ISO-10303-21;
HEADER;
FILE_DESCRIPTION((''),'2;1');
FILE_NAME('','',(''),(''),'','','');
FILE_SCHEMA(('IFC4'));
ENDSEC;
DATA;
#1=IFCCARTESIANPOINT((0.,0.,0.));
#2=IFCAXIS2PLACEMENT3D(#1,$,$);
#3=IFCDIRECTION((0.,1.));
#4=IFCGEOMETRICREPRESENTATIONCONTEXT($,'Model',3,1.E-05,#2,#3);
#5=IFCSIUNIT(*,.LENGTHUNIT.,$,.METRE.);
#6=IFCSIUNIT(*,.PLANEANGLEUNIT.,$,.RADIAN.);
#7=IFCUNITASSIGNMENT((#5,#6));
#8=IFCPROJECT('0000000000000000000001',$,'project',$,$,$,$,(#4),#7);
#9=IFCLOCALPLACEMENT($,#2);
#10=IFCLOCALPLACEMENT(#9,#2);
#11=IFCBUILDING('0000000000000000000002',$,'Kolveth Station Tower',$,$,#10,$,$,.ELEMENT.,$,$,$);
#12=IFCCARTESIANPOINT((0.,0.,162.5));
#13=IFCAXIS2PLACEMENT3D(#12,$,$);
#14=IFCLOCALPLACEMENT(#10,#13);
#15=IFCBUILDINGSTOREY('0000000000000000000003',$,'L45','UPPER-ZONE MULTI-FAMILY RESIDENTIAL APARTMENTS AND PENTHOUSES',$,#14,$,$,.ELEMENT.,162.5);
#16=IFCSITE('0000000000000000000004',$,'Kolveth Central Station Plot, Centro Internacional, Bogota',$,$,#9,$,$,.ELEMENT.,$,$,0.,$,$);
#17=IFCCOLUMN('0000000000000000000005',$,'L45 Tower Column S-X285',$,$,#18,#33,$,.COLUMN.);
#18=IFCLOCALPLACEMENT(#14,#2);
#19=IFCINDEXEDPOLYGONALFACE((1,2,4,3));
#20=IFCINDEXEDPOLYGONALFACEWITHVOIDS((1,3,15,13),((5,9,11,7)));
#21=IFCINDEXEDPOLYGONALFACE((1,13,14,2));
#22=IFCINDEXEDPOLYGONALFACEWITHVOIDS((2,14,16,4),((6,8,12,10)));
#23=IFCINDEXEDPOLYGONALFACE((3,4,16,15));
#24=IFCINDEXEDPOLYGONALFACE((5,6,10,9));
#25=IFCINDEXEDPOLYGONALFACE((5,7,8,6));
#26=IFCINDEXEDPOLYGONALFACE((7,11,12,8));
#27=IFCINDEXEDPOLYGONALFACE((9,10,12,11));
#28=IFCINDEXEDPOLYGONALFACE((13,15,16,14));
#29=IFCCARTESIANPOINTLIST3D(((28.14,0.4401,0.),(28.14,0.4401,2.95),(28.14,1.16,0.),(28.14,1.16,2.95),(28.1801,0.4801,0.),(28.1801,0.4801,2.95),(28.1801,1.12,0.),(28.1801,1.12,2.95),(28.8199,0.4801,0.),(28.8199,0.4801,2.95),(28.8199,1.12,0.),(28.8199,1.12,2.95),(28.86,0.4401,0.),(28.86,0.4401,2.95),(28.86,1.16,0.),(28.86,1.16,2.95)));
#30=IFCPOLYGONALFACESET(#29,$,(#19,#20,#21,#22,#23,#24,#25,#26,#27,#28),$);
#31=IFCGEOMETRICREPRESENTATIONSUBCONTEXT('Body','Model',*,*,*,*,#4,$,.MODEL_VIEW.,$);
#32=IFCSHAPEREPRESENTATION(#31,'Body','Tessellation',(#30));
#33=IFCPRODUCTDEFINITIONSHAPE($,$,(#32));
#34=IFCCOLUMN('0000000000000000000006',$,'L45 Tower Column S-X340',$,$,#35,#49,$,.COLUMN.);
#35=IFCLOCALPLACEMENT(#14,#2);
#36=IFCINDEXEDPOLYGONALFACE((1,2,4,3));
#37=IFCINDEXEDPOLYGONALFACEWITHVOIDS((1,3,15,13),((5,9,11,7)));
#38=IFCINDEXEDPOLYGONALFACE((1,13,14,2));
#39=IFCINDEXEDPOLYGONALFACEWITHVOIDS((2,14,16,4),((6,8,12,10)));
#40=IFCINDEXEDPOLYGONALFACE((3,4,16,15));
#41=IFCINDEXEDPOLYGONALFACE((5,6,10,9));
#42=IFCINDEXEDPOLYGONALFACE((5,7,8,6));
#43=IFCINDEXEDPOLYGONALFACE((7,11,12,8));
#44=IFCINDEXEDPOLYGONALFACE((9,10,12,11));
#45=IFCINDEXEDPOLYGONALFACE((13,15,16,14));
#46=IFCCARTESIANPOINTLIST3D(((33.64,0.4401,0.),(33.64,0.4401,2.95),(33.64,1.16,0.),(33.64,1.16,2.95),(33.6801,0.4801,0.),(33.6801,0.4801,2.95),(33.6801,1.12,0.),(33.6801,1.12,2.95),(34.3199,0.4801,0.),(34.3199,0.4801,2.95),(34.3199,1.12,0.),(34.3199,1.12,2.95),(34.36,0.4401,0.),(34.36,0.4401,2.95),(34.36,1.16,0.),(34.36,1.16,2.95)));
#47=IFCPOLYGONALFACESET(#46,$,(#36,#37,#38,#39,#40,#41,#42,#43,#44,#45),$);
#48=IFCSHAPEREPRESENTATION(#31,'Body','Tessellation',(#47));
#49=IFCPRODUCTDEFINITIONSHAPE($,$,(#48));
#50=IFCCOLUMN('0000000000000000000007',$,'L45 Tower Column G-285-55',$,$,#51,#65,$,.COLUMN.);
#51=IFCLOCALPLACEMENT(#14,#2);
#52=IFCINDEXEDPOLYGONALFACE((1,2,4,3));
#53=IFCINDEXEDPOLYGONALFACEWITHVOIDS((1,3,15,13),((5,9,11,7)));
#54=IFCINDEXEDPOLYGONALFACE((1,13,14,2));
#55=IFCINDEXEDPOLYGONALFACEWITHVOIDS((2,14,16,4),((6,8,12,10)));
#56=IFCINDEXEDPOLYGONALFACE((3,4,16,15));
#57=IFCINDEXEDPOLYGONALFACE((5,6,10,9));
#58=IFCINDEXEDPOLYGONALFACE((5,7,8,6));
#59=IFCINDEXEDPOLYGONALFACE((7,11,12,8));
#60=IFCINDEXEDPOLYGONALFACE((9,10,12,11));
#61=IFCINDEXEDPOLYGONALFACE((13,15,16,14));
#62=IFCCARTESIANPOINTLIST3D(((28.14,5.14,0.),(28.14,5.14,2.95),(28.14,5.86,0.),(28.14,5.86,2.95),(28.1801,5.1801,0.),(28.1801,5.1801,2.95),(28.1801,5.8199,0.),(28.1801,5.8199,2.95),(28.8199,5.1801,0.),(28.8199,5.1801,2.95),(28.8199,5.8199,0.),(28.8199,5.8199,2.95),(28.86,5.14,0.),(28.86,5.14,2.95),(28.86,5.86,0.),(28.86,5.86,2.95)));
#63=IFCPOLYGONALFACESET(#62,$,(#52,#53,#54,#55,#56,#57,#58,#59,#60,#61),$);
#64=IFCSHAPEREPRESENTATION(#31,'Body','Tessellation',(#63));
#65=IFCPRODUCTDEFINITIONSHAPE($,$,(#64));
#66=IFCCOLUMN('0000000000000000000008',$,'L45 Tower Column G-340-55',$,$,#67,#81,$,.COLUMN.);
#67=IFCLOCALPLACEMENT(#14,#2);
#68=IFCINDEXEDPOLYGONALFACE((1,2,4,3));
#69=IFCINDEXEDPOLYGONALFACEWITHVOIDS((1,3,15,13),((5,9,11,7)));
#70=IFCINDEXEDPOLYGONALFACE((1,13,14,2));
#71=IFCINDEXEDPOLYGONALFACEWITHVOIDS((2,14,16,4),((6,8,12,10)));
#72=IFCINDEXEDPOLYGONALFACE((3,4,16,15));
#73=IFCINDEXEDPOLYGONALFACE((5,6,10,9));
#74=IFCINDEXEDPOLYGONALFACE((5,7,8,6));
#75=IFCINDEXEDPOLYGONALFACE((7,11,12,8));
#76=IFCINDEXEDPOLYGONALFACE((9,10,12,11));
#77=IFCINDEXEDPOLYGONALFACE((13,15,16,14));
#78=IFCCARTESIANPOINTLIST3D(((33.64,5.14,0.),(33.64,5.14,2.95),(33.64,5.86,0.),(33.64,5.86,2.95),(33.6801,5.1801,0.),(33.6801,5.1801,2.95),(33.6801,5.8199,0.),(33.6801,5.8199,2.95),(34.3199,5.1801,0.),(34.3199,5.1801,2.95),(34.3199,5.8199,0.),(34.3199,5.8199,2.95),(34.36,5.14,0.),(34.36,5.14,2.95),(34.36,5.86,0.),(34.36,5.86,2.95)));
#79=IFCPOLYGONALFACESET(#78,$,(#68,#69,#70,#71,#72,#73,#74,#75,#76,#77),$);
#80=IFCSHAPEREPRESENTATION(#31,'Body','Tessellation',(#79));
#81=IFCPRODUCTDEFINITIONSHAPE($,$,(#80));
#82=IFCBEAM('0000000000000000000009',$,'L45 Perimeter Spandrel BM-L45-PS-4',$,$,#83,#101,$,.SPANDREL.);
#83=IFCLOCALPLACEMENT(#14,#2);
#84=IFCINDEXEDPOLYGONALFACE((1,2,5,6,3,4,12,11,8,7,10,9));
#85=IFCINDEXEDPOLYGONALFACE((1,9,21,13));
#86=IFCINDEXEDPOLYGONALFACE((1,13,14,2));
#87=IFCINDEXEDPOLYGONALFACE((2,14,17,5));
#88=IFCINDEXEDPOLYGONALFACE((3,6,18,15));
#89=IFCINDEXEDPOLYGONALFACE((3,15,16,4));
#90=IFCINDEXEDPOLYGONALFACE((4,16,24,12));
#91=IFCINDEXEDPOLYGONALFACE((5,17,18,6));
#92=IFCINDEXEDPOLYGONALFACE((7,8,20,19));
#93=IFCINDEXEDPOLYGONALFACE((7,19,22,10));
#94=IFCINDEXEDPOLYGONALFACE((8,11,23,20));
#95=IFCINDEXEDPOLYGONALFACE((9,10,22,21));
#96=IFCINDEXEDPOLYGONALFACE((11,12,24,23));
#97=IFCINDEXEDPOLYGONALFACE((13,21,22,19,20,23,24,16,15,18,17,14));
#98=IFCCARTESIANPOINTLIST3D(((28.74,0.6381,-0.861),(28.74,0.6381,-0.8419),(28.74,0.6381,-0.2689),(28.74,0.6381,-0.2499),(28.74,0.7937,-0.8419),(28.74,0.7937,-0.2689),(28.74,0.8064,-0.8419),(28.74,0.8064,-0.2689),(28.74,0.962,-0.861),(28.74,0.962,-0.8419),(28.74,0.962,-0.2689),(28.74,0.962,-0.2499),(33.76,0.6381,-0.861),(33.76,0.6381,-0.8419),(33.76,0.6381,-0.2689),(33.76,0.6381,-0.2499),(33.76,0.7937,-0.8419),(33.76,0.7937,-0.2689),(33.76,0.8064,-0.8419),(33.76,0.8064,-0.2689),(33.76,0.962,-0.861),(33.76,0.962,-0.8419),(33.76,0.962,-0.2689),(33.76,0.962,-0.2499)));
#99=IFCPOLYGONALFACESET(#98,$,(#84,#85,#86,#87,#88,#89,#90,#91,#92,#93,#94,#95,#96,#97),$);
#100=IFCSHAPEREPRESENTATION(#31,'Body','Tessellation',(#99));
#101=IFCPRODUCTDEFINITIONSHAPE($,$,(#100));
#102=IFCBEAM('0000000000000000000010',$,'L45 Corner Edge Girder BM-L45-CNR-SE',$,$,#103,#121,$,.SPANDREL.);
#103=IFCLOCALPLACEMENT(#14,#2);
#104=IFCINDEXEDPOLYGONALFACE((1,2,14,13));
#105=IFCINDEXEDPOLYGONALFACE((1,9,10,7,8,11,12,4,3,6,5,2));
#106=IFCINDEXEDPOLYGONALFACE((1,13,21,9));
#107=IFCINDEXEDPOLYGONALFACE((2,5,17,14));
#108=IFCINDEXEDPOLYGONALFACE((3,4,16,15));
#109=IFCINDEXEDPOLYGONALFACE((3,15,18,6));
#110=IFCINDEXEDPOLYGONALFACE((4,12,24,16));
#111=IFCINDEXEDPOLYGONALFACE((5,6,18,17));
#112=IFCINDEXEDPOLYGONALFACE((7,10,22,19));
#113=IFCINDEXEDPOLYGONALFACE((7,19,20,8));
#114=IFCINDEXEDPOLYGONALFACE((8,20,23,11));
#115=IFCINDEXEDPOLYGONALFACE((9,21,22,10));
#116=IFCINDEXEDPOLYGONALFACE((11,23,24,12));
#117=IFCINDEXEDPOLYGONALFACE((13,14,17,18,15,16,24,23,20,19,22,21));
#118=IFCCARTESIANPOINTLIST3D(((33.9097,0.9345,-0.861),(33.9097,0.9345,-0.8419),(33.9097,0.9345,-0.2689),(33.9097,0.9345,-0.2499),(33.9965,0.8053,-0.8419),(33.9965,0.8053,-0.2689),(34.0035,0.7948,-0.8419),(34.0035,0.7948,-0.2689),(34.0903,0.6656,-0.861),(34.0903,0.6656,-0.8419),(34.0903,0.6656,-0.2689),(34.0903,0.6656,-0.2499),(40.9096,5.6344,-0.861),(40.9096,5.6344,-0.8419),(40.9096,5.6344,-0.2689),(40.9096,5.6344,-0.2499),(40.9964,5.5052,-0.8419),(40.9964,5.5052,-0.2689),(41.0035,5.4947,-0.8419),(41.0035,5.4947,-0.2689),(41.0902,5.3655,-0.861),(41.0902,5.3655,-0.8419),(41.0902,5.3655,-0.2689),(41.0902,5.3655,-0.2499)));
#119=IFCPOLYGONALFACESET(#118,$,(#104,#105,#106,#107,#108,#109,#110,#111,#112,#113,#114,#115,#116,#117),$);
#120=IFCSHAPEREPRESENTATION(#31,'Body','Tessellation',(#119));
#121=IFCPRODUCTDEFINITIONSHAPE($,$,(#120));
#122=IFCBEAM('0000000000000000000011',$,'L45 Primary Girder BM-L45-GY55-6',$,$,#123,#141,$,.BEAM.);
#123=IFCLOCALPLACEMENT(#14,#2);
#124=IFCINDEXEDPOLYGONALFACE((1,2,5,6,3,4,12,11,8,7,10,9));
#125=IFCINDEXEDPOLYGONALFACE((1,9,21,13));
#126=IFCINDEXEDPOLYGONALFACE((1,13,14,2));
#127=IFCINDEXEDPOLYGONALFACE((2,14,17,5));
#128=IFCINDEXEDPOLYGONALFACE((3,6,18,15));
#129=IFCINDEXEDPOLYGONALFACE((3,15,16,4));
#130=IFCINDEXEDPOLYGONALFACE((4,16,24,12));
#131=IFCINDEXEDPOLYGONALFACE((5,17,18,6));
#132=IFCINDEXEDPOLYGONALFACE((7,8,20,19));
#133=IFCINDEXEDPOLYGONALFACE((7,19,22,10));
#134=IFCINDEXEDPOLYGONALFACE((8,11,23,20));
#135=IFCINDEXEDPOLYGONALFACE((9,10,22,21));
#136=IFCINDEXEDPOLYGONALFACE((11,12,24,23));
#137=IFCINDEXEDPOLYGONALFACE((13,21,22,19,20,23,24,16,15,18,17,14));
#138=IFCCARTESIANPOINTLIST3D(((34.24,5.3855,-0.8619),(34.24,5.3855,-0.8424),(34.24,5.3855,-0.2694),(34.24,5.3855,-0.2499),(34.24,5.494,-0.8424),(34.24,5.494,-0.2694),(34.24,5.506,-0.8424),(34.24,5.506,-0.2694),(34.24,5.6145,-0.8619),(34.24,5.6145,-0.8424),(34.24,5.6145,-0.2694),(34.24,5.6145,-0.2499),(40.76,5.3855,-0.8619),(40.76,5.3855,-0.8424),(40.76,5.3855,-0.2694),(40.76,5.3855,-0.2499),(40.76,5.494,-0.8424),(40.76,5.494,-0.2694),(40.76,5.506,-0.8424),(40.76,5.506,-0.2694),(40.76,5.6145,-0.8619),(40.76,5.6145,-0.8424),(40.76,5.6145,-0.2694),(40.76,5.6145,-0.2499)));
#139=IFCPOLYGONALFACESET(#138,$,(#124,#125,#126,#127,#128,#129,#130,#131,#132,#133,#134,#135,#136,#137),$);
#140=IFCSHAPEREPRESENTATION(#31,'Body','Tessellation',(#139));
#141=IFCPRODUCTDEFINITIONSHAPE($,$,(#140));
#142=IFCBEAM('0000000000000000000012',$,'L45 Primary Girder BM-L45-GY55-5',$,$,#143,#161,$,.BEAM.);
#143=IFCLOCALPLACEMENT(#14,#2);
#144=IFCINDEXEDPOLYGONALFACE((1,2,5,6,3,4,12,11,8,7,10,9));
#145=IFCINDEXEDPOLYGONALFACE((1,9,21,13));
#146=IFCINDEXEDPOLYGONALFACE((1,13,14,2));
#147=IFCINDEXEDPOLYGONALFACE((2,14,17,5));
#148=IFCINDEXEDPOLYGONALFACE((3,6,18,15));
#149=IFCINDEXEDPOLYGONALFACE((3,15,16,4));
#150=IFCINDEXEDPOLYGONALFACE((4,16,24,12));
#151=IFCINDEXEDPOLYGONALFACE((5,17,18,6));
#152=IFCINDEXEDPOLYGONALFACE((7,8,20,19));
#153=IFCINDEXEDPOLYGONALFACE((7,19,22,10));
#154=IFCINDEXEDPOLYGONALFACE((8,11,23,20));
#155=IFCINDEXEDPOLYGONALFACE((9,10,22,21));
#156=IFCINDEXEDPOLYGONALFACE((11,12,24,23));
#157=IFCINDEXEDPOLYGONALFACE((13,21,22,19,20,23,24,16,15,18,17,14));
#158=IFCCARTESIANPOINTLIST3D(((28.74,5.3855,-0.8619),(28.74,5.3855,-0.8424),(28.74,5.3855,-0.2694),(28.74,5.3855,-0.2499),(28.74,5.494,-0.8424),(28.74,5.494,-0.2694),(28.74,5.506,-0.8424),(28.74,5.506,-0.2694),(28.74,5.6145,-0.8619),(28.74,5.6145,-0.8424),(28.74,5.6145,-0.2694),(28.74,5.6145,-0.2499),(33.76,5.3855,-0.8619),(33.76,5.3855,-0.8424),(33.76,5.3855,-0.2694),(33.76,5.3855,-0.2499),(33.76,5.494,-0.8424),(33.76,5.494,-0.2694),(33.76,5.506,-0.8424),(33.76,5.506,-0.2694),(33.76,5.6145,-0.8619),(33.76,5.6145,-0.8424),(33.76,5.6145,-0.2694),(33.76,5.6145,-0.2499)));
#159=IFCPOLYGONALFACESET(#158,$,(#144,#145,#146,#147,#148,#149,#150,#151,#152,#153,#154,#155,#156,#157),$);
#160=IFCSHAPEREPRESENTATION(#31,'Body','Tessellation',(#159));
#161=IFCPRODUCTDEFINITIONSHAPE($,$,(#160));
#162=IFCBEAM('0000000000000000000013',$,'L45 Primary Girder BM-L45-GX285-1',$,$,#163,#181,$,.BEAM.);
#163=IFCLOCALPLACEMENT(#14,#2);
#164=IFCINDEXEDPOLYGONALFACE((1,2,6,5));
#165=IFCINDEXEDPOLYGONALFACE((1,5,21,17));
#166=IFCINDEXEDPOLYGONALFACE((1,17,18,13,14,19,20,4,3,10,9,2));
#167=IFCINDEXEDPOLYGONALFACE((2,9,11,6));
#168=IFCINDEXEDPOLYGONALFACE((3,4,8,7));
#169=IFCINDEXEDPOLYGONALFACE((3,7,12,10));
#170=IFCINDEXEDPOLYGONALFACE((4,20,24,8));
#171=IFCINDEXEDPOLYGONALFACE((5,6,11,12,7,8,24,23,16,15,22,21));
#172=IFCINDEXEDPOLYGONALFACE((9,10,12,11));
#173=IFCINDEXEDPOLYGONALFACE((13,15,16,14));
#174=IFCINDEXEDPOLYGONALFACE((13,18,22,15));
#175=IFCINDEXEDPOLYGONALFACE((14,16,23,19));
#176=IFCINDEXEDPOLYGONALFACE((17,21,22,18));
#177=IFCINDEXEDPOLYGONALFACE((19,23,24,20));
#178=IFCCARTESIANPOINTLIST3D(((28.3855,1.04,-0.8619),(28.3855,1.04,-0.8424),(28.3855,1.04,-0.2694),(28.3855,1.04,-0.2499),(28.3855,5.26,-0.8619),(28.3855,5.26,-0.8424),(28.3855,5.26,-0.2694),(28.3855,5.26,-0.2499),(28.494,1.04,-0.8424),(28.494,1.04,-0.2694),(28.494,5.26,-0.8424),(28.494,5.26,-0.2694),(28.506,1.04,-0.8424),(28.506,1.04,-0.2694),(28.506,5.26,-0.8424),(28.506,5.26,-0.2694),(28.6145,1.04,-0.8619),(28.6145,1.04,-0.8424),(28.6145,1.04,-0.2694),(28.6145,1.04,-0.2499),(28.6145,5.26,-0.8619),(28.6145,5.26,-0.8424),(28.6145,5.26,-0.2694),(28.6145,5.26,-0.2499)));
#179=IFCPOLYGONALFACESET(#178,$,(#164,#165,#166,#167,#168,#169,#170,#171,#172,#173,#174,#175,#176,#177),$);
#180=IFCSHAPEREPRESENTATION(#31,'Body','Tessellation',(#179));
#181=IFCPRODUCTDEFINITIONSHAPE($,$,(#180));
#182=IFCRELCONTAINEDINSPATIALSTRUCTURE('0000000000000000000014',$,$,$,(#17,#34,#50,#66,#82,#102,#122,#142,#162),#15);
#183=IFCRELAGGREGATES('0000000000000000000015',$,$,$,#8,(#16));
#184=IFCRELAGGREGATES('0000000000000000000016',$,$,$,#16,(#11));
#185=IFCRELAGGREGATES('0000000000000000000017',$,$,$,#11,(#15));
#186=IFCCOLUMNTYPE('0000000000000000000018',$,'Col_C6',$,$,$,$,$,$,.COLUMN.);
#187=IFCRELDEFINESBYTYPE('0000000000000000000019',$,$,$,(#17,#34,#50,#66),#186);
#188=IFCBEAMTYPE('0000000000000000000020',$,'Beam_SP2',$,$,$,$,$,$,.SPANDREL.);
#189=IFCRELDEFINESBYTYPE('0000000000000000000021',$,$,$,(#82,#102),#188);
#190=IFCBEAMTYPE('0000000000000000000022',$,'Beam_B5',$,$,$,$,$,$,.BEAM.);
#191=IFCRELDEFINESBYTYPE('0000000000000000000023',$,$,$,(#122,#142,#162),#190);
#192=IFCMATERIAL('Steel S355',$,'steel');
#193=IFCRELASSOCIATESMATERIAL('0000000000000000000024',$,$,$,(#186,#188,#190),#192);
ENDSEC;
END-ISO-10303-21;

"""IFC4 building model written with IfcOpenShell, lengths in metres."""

from ifc_helpers import new_model, si_unit, direction, frame, origin, origin_2d, place, context, subcontext, project, spatial, hollow_rectangle, i_section, extrude, source, transform, mapped, material, material_profile, profile_set, type_object, element, save


model = new_model("IFC4")

# Units and contexts
model_context = context("Model", 3, precision=1e-05, world=origin(), true_north=direction((0.0, 1.0)))
body_context = subcontext(model_context, "Body", "Model", "MODEL_VIEW")
ifc_project = project(units=[si_unit("LENGTHUNIT", "METRE"), si_unit("PLANEANGLEUNIT", "RADIAN")], contexts=[model_context])

# Site, building, storey
site_placement = place(None, origin())
site = spatial("IfcSite", under=ifc_project, at=site_placement, Name="Kolveth Central Station Plot, Centro Internacional, Bogota", CompositionType="ELEMENT", RefElevation=0.0)
building_placement = place(site_placement, origin())
building = spatial("IfcBuilding", under=site, at=building_placement, Name="Kolveth Station Tower", CompositionType="ELEMENT")
storey_placement = place(building_placement, frame((0.0, 0.0, 162.5)))
storey = spatial("IfcBuildingStorey", under=building, at=storey_placement, Name="L45", Description="UPPER-ZONE MULTI-FAMILY RESIDENTIAL APARTMENTS AND PENTHOUSES", CompositionType="ELEMENT", Elevation=162.5)

# Columns
ifc_material_1 = material(Name="Steel S355", Category="steel")
ifc_material_profile_1 = material_profile(ifc_material_1, hollow_rectangle(XDim=0.72, YDim=0.72, WallThickness=0.04, at=origin_2d()), Name="BOX720x720x40")
ifc_profile_set_1 = profile_set([ifc_material_profile_1], Name="Steel S355")
column_type = type_object("IfcColumnType", Name="Col_C6", PredefinedType="COLUMN", material=ifc_profile_set_1)
shared_shape_1 = source(origin(), body_context, "Body", "SweptSolid", [
    extrude(hollow_rectangle(XDim=0.72, YDim=0.72, WallThickness=0.04, at=origin_2d()), origin(), (0.0, 0.0, 1.0), 2.95),
])
for number, where, z_axis, x_axis, name in (
    (1, (28.5, 0.8, 0.0), (0.0, 0.0, 1.0), (1.0, 0.0, 0.0), "L45 Tower Column S-X285"),
    (2, (34.0, 0.8, 0.0), (0.0, 0.0, 1.0), (1.0, 0.0, 0.0), "L45 Tower Column S-X340"),
    (3, (28.5, 5.5, 0.0), (0.0, 0.0, 1.0), (1.0, 0.0, 0.0), "L45 Tower Column G-285-55"),
    (4, (34.0, 5.5, 0.0), (0.0, 0.0, 1.0), (1.0, 0.0, 0.0), "L45 Tower Column G-340-55"),
):
    element("IfcColumn", number, at=place(storey_placement, frame(where, z_axis=z_axis, x_axis=x_axis)), inside=storey, type_object=column_type, Name=name, PredefinedType="COLUMN", context=body_context, shape_type="MappedRepresentation", body=[
        mapped(shared_shape_1, transform((0.0, 0.0, 0.0), x_axis=(1.0, 0.0, 0.0), y_axis=(0.0, 1.0, 0.0), z_axis=(0.0, 0.0, 1.0), scale=1.0)),
    ])

# Beams
ifc_material_profile_2 = material_profile(ifc_material_1, i_section(OverallWidth=0.324, OverallDepth=0.6111, WebThickness=0.0127, FlangeThickness=0.019, at=origin_2d()), Name="W610x155")
ifc_profile_set_2 = profile_set([ifc_material_profile_2], Name="Steel S355")
beam_type_1 = type_object("IfcBeamType", Name="Beam_SP2", PredefinedType="SPANDREL", material=ifc_profile_set_2)
shared_shape_2 = source(origin(), body_context, "Body", "SweptSolid", [
    extrude(i_section(OverallWidth=0.324, OverallDepth=0.6111, WebThickness=0.0127, FlangeThickness=0.019, at=origin_2d()), origin(), (0.0, 0.0, 1.0), 5.02),
])
beam_1_placement = place(storey_placement, frame((28.74, 0.8, -0.5554), z_axis=(1.0, 0.0, 0.0), x_axis=(0.0, 1.0, 0.0)))
element("IfcBeam", 5, at=beam_1_placement, inside=storey, type_object=beam_type_1, Name="L45 Perimeter Spandrel BM-L45-PS-4", PredefinedType="SPANDREL", context=body_context, shape_type="MappedRepresentation", body=[
    mapped(shared_shape_2, transform((0.0, 0.0, 0.0), x_axis=(1.0, 0.0, 0.0), y_axis=(0.0, 1.0, 0.0), z_axis=(0.0, 0.0, 1.0), scale=1.0)),
])
shared_shape_3 = source(origin(), body_context, "Body", "SweptSolid", [
    extrude(i_section(OverallWidth=0.324, OverallDepth=0.6111, WebThickness=0.0127, FlangeThickness=0.019, at=origin_2d()), origin(), (0.0, 0.0, 1.0), 8.4314),
])
beam_2_placement = place(storey_placement, frame((34.0, 0.8, -0.5554), z_axis=(0.830224, 0.55743, 0.0), x_axis=(-0.55743, 0.830224, 0.0)))
element("IfcBeam", 6, at=beam_2_placement, inside=storey, type_object=beam_type_1, Name="L45 Corner Edge Girder BM-L45-CNR-SE", PredefinedType="SPANDREL", context=body_context, shape_type="MappedRepresentation", body=[
    mapped(shared_shape_3, transform((0.0, 0.0, 0.0), x_axis=(1.0, 0.0, 0.0), y_axis=(0.0, 1.0, 0.0), z_axis=(0.0, 0.0, 1.0), scale=1.0)),
])
ifc_material_profile_3 = material_profile(ifc_material_1, i_section(OverallWidth=0.229, OverallDepth=0.6121, WebThickness=0.012, FlangeThickness=0.0195, at=origin_2d()), Name="W610x125")
ifc_profile_set_3 = profile_set([ifc_material_profile_3], Name="Steel S355")
beam_type_2 = type_object("IfcBeamType", Name="Beam_B5", PredefinedType="BEAM", material=ifc_profile_set_3)
shared_shape_4 = source(origin(), body_context, "Body", "SweptSolid", [
    extrude(i_section(OverallWidth=0.229, OverallDepth=0.6121, WebThickness=0.012, FlangeThickness=0.0195, at=origin_2d()), origin(), (0.0, 0.0, 1.0), 6.52),
])
beam_3_placement = place(storey_placement, frame((34.24, 5.5, -0.5559), z_axis=(1.0, 0.0, 0.0), x_axis=(0.0, 1.0, 0.0)))
element("IfcBeam", 7, at=beam_3_placement, inside=storey, type_object=beam_type_2, Name="L45 Primary Girder BM-L45-GY55-6", PredefinedType="BEAM", context=body_context, shape_type="MappedRepresentation", body=[
    mapped(shared_shape_4, transform((0.0, 0.0, 0.0), x_axis=(1.0, 0.0, 0.0), y_axis=(0.0, 1.0, 0.0), z_axis=(0.0, 0.0, 1.0), scale=1.0)),
])
shared_shape_5 = source(origin(), body_context, "Body", "SweptSolid", [
    extrude(i_section(OverallWidth=0.229, OverallDepth=0.6121, WebThickness=0.012, FlangeThickness=0.0195, at=origin_2d()), origin(), (0.0, 0.0, 1.0), 5.02),
])
beam_4_placement = place(storey_placement, frame((28.74, 5.5, -0.5559), z_axis=(1.0, 0.0, 0.0), x_axis=(0.0, 1.0, 0.0)))
element("IfcBeam", 8, at=beam_4_placement, inside=storey, type_object=beam_type_2, Name="L45 Primary Girder BM-L45-GY55-5", PredefinedType="BEAM", context=body_context, shape_type="MappedRepresentation", body=[
    mapped(shared_shape_5, transform((0.0, 0.0, 0.0), x_axis=(1.0, 0.0, 0.0), y_axis=(0.0, 1.0, 0.0), z_axis=(0.0, 0.0, 1.0), scale=1.0)),
])
shared_shape_6 = source(origin(), body_context, "Body", "SweptSolid", [
    extrude(i_section(OverallWidth=0.229, OverallDepth=0.6121, WebThickness=0.012, FlangeThickness=0.0195, at=origin_2d()), origin(), (0.0, 0.0, 1.0), 4.22),
])
for number, where, z_axis, x_axis, name in (
    (9, (28.5, 1.04, -0.5559), (0.0, 1.0, 0.0), (-1.0, 0.0, 0.0), "L45 Primary Girder BM-L45-GX285-1"),
):
    element("IfcBeam", number, at=place(storey_placement, frame(where, z_axis=z_axis, x_axis=x_axis)), inside=storey, type_object=beam_type_2, Name=name, PredefinedType="BEAM", context=body_context, shape_type="MappedRepresentation", body=[
        mapped(shared_shape_6, transform((0.0, 0.0, 0.0), x_axis=(1.0, 0.0, 0.0), y_axis=(0.0, 1.0, 0.0), z_axis=(0.0, 0.0, 1.0), scale=1.0)),
    ])

save(model, "model.ifc")
